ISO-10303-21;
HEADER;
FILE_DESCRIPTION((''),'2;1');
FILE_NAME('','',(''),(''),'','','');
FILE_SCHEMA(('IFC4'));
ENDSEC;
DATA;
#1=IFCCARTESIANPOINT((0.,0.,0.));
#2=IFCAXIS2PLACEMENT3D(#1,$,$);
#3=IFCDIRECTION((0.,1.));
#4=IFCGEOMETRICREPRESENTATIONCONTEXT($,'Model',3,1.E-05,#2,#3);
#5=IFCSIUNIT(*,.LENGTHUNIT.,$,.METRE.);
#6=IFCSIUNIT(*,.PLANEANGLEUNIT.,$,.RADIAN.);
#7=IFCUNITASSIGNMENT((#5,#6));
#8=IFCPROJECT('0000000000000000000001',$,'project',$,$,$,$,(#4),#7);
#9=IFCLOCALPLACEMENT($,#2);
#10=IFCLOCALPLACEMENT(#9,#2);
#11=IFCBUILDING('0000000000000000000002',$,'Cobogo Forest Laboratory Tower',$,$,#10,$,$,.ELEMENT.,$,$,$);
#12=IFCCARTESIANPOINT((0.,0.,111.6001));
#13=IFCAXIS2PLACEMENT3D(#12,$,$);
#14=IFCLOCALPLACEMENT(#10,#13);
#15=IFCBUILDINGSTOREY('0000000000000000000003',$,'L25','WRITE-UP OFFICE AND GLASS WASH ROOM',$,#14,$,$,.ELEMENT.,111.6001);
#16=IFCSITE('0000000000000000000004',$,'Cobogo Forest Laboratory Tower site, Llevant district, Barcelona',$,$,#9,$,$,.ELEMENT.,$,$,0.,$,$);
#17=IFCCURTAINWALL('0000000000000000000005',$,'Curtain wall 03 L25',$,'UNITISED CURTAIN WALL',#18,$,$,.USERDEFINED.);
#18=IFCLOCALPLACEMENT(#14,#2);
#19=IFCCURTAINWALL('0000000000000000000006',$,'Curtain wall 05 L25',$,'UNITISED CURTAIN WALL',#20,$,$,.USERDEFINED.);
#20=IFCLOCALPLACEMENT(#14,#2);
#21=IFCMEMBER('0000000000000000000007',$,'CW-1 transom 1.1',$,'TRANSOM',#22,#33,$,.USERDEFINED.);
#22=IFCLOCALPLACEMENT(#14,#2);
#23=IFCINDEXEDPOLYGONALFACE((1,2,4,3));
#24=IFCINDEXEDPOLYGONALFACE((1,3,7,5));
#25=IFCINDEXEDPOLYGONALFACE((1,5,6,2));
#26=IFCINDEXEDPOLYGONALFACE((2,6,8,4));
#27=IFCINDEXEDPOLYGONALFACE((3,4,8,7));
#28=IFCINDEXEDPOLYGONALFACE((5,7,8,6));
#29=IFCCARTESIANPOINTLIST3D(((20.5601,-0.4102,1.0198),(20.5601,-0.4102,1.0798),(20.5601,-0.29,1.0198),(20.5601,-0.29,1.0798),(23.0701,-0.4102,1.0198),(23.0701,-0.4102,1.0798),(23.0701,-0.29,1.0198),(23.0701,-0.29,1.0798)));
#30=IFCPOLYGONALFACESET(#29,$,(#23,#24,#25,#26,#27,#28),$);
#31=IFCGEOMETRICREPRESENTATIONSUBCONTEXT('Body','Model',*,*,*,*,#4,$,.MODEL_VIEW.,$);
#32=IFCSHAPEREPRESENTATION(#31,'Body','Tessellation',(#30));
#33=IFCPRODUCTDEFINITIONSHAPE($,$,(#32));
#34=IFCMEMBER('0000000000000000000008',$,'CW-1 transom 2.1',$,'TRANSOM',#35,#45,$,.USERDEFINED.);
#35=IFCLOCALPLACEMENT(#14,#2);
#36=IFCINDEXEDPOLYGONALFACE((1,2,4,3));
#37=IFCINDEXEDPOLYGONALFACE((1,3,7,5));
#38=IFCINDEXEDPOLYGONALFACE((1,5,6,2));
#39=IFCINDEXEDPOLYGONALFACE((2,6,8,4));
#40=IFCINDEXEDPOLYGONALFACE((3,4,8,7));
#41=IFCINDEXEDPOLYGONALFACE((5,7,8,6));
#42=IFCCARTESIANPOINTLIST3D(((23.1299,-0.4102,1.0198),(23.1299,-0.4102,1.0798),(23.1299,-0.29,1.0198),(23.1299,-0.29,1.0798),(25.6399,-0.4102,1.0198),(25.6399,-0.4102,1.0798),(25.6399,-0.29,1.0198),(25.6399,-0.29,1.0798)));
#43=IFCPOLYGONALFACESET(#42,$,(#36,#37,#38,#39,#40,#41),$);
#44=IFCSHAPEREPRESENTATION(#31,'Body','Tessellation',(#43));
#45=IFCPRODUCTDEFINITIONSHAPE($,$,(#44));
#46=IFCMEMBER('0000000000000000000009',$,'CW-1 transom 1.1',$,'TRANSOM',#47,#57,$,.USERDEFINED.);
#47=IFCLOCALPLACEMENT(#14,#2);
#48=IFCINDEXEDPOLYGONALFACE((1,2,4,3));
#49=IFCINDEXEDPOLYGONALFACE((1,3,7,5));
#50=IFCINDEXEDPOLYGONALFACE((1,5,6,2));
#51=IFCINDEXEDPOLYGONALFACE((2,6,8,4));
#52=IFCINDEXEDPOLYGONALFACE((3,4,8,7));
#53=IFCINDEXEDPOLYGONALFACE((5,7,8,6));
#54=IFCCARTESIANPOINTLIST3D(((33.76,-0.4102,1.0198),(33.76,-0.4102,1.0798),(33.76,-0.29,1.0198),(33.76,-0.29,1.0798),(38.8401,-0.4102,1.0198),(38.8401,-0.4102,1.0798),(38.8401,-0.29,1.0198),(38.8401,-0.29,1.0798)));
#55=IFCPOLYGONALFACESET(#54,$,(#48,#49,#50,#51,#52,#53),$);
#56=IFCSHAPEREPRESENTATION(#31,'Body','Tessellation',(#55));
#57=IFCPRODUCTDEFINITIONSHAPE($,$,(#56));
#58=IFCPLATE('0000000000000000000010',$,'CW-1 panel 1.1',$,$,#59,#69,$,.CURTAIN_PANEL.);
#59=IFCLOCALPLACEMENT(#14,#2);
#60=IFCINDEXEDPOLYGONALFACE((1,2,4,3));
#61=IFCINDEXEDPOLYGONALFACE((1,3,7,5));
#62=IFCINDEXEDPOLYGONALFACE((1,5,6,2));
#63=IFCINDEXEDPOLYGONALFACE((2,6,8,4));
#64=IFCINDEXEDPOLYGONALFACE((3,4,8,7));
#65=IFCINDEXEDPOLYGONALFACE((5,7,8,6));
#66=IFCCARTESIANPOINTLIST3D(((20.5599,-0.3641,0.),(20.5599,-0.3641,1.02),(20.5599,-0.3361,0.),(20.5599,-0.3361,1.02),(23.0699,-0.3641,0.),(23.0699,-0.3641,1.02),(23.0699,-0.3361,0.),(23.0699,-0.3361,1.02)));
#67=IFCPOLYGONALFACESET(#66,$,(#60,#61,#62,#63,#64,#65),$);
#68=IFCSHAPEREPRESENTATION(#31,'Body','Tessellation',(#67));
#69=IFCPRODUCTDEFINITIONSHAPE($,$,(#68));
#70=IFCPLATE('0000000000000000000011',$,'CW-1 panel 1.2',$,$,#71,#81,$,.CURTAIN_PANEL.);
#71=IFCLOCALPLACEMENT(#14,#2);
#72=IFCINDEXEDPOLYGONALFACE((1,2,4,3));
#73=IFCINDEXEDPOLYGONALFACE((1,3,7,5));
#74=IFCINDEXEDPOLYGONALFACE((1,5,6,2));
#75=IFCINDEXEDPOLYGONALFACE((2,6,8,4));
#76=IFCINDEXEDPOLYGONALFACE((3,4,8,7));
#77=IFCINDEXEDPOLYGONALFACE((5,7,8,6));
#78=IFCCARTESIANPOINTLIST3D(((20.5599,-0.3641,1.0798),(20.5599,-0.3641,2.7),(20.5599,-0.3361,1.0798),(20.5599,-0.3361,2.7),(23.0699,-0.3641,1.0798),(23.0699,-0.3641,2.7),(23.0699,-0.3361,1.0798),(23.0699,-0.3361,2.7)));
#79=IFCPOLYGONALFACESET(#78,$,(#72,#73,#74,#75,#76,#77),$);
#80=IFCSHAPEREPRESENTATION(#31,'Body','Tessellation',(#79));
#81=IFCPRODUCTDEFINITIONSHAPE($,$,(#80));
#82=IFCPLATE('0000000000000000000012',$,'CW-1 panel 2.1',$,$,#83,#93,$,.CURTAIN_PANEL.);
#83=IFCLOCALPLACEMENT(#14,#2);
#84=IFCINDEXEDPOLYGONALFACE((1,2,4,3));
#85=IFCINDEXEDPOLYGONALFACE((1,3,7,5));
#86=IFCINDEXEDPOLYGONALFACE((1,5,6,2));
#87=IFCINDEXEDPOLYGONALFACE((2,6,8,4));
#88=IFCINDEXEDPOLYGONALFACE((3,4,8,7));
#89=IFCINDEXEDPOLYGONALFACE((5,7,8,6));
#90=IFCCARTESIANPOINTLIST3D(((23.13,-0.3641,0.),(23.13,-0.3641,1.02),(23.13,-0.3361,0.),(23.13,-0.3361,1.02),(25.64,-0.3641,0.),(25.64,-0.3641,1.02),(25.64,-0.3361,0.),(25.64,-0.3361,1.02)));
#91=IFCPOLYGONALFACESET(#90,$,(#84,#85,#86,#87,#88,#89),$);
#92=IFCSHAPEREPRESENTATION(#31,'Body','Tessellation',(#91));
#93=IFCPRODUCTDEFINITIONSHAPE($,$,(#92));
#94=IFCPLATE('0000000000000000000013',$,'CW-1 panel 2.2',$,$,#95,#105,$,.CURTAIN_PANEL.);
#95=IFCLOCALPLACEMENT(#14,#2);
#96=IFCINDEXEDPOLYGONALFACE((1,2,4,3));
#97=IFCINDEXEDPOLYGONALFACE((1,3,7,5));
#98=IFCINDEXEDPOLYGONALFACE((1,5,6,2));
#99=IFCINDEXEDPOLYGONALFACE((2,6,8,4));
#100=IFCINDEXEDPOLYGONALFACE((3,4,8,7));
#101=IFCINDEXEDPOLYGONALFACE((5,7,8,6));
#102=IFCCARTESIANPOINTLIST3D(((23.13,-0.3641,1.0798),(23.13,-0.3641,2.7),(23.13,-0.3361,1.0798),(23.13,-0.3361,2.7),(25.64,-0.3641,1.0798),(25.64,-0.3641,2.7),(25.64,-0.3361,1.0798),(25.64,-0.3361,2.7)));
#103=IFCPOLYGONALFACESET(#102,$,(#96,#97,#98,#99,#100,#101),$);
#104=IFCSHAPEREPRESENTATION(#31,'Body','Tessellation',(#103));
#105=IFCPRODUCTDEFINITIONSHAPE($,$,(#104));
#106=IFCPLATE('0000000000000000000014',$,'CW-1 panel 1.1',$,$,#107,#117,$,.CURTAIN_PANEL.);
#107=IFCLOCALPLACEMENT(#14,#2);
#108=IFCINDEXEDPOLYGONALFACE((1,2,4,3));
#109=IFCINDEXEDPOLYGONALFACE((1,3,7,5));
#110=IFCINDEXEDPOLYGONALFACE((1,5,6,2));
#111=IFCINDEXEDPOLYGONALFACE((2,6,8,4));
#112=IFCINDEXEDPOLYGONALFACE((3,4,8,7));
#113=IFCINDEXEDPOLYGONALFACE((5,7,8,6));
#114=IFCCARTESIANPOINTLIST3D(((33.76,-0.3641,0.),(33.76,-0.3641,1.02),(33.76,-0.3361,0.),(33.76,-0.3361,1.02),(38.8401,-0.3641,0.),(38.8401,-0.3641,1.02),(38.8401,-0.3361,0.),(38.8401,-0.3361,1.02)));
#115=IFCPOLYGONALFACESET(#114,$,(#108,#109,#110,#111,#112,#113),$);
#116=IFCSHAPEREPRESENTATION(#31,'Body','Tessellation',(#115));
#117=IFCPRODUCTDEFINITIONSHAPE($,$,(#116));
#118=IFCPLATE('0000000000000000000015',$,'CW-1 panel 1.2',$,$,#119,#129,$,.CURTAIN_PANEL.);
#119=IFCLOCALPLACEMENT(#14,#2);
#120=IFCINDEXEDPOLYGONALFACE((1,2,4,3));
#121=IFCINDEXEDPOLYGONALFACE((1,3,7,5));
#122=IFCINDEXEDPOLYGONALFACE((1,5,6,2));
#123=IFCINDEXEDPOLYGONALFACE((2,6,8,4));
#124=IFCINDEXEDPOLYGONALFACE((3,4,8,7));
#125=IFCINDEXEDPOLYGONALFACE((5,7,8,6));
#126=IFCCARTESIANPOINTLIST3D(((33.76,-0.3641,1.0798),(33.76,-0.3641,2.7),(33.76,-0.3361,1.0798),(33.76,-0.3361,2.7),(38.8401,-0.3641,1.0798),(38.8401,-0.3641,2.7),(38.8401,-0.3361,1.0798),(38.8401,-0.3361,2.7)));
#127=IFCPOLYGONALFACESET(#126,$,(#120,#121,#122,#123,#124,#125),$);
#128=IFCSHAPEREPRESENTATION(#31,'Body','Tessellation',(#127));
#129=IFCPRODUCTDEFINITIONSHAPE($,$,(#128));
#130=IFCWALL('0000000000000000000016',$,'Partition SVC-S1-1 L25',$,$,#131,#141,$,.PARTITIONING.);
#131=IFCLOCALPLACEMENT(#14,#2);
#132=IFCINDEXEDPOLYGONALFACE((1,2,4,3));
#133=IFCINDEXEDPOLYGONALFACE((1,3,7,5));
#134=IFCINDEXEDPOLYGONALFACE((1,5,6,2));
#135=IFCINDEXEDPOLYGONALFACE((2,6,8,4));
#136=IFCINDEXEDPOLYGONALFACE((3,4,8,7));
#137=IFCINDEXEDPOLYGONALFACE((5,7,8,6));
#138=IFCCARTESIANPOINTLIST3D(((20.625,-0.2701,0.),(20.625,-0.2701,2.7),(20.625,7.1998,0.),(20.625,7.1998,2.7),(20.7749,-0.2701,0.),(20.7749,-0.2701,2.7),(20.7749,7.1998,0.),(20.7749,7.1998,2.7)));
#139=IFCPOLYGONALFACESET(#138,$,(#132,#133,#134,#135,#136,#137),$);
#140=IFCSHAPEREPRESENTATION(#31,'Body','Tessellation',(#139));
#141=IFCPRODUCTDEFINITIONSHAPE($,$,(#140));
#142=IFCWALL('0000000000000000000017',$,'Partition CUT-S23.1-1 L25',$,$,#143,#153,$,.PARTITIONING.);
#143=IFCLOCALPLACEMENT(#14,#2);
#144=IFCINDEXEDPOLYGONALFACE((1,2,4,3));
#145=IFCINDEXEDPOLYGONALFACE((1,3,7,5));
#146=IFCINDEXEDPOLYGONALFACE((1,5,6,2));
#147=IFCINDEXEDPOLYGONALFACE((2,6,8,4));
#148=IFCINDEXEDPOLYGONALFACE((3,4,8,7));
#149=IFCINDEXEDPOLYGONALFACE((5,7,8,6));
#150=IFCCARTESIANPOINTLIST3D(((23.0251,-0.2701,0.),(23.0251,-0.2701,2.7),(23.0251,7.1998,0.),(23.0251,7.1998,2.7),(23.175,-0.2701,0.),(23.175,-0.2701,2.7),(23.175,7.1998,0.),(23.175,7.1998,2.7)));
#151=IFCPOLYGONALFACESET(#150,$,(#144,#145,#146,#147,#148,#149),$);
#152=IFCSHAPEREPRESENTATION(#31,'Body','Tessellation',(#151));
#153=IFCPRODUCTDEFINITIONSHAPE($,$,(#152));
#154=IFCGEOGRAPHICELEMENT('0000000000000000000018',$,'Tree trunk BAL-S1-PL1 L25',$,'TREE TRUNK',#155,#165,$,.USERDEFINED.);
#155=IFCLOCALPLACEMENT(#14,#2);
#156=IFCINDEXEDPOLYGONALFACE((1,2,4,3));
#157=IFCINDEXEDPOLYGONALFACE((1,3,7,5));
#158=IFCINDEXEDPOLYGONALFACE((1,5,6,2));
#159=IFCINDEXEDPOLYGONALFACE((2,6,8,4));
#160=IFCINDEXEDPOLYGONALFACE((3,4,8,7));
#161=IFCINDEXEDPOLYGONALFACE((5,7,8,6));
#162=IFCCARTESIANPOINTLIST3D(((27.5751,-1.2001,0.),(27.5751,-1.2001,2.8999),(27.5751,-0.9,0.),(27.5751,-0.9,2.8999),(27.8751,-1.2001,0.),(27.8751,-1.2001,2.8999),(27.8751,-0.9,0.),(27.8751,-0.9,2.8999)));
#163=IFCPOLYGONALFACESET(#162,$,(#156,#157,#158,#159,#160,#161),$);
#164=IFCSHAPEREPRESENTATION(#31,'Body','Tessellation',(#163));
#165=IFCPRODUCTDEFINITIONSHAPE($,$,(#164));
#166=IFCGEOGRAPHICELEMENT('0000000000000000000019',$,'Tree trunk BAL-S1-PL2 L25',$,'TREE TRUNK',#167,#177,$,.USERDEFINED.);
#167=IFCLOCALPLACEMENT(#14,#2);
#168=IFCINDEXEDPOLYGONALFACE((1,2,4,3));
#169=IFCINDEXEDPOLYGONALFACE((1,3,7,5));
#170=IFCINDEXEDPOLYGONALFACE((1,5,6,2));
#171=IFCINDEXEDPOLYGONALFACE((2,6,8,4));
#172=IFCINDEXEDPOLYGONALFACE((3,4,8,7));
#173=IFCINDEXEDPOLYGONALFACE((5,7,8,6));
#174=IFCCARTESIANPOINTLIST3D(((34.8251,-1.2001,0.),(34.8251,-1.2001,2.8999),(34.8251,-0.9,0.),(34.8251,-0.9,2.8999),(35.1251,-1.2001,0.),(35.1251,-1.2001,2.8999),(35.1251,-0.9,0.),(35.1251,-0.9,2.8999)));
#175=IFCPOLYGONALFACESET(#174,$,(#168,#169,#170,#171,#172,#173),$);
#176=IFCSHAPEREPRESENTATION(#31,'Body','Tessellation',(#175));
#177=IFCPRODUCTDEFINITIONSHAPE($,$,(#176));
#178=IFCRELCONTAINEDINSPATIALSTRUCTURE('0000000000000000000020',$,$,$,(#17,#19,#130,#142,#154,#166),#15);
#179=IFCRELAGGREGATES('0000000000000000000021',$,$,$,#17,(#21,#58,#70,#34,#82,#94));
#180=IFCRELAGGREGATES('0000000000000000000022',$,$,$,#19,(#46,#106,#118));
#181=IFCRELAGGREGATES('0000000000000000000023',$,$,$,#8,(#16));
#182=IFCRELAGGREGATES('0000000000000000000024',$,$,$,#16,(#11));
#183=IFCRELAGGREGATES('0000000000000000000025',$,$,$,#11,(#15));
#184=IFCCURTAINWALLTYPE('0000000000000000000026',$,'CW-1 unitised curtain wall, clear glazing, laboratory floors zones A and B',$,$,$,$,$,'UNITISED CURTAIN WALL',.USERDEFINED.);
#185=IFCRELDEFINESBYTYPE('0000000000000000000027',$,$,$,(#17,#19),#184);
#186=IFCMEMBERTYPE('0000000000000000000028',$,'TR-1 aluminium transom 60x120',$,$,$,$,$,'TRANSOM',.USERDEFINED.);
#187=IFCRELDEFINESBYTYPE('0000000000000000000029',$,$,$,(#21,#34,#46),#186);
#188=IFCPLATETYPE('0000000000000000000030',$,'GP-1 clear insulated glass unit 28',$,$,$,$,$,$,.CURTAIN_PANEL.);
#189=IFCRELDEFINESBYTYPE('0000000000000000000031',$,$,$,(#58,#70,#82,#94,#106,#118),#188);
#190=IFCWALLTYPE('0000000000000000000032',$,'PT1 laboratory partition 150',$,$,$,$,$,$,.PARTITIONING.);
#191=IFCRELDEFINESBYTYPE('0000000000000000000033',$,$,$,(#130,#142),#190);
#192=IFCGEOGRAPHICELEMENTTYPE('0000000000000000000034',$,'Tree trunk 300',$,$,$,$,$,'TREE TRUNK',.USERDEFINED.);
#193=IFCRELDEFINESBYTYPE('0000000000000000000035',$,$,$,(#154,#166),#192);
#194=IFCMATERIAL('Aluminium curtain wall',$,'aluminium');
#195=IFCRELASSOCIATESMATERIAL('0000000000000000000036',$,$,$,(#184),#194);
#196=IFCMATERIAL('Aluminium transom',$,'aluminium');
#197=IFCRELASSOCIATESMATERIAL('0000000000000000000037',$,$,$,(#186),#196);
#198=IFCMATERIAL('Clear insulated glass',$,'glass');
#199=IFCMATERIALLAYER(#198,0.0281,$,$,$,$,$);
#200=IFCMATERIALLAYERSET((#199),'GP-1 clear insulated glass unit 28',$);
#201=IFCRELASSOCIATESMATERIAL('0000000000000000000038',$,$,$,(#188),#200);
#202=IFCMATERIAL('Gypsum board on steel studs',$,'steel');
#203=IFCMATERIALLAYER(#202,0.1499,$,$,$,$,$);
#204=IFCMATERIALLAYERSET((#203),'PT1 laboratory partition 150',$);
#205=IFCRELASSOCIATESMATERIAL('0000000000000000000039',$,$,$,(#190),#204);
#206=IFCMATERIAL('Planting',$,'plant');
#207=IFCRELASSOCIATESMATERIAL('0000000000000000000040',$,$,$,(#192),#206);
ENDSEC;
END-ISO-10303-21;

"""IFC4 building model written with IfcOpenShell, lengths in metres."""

from ifc_helpers import new_model, si_unit, direction, frame, frame_2d, origin, origin_2d, place, context, subcontext, project, spatial, rectangle, extrude, material, layer, layer_set, material_profile, profile_set, type_object, element, aggregate, save


model = new_model("IFC4")

# Units and contexts
model_context = context("Model", 3, precision=1e-05, world=origin(), true_north=direction((0.0, 1.0)))
body_context = subcontext(model_context, "Body", "Model", "MODEL_VIEW")
ifc_project = project(units=[si_unit("LENGTHUNIT", "METRE"), si_unit("PLANEANGLEUNIT", "RADIAN")], contexts=[model_context])

# Site, building, storey
site_placement = place(None, origin())
site = spatial("IfcSite", under=ifc_project, at=site_placement, Name="Cobogo Forest Laboratory Tower site, Llevant district, Barcelona", CompositionType="ELEMENT", RefElevation=0.0)
building_placement = place(site_placement, origin())
building = spatial("IfcBuilding", under=site, at=building_placement, Name="Cobogo Forest Laboratory Tower", CompositionType="ELEMENT")
storey_placement = place(building_placement, frame((0.0, 0.0, 111.6001)))
storey = spatial("IfcBuildingStorey", under=building, at=storey_placement, Name="L25", Description="WRITE-UP OFFICE AND GLASS WASH ROOM", CompositionType="ELEMENT", Elevation=111.6001)

# Curtain walls
ifc_material_1 = material(Name="Aluminium curtain wall", Category="aluminium")
curtain_wall_type = type_object("IfcCurtainWallType", Name="CW-1 unitised curtain wall, clear glazing, laboratory floors zones A and B", ElementType="UNITISED CURTAIN WALL", PredefinedType="USERDEFINED", material=ifc_material_1)
curtain_wall_1_placement = place(storey_placement, origin())
curtain_wall_1 = element("IfcCurtainWall", 1, at=curtain_wall_1_placement, inside=storey, type_object=curtain_wall_type, Name="Curtain wall 03 L25", ObjectType="UNITISED CURTAIN WALL", PredefinedType="USERDEFINED")
curtain_wall_2_placement = place(storey_placement, origin())
curtain_wall_2 = element("IfcCurtainWall", 2, at=curtain_wall_2_placement, inside=storey, type_object=curtain_wall_type, Name="Curtain wall 05 L25", ObjectType="UNITISED CURTAIN WALL", PredefinedType="USERDEFINED")

# Members
ifc_material_2 = material(Name="Aluminium transom", Category="aluminium")
ifc_material_profile_1 = material_profile(ifc_material_2, rectangle(XDim=0.1201, YDim=0.0601, at=origin_2d()), Name="AL 60x120")
ifc_profile_set_1 = profile_set([ifc_material_profile_1], Name="Aluminium transom")
member_type_1 = type_object("IfcMemberType", Name="TR-1 aluminium transom 60x120", ElementType="TRANSOM", PredefinedType="USERDEFINED", material=ifc_profile_set_1)
member_1_placement = place(storey_placement, frame((20.5601, -0.3501, 1.0498), z_axis=(1.0, 0.0, 0.0), x_axis=(0.0, 1.0, 0.0)))
member_1 = element("IfcMember", 3, at=member_1_placement, type_object=member_type_1, Name="CW-1 transom 1.1", ObjectType="TRANSOM", PredefinedType="USERDEFINED", context=body_context, shape_type="SweptSolid", body=[
    extrude(rectangle(XDim=0.1201, YDim=0.0601, at=origin_2d()), origin(), (0.0, 0.0, 1.0), 2.51),
])
member_2_placement = place(storey_placement, frame((23.1299, -0.3501, 1.0498), z_axis=(1.0, 0.0, 0.0), x_axis=(0.0, 1.0, 0.0)))
member_2 = element("IfcMember", 4, at=member_2_placement, type_object=member_type_1, Name="CW-1 transom 2.1", ObjectType="TRANSOM", PredefinedType="USERDEFINED", context=body_context, shape_type="SweptSolid", body=[
    extrude(rectangle(XDim=0.1201, YDim=0.0601, at=origin_2d()), origin(), (0.0, 0.0, 1.0), 2.51),
])
member_3_placement = place(storey_placement, frame((33.76, -0.3501, 1.0498), z_axis=(1.0, 0.0, 0.0), x_axis=(0.0, 1.0, 0.0)))
member_3 = element("IfcMember", 5, at=member_3_placement, type_object=member_type_1, Name="CW-1 transom 1.1", ObjectType="TRANSOM", PredefinedType="USERDEFINED", context=body_context, shape_type="SweptSolid", body=[
    extrude(rectangle(XDim=0.1201, YDim=0.0601, at=origin_2d()), origin(), (0.0, 0.0, 1.0), 5.0801),
])

# Plates
ifc_material_3 = material(Name="Clear insulated glass", Category="glass")
ifc_layer_1 = layer(ifc_material_3, 0.0281)
ifc_layer_set_1 = layer_set([ifc_layer_1], Name="GP-1 clear insulated glass unit 28")
plate_type_1 = type_object("IfcPlateType", Name="GP-1 clear insulated glass unit 28", PredefinedType="CURTAIN_PANEL", material=ifc_layer_set_1)
plate_1_placement = place(storey_placement, frame((21.8149, -0.3501, 0.0), z_axis=(0.0, 0.0, 1.0), x_axis=(1.0, 0.0, 0.0)))
plate_1 = element("IfcPlate", 6, at=plate_1_placement, type_object=plate_type_1, Name="CW-1 panel 1.1", PredefinedType="CURTAIN_PANEL", context=body_context, shape_type="SweptSolid", body=[
    extrude(rectangle(XDim=2.51, YDim=0.0281, at=origin_2d()), origin(), (0.0, 0.0, 1.0), 1.02),
])
plate_2_placement = place(storey_placement, frame((21.8149, -0.3501, 1.0798), z_axis=(0.0, 0.0, 1.0), x_axis=(1.0, 0.0, 0.0)))
plate_2 = element("IfcPlate", 7, at=plate_2_placement, type_object=plate_type_1, Name="CW-1 panel 1.2", PredefinedType="CURTAIN_PANEL", context=body_context, shape_type="SweptSolid", body=[
    extrude(rectangle(XDim=2.51, YDim=0.0281, at=origin_2d()), origin(), (0.0, 0.0, 1.0), 1.6201),
])
plate_3_placement = place(storey_placement, frame((24.385, -0.3501, 0.0), z_axis=(0.0, 0.0, 1.0), x_axis=(1.0, 0.0, 0.0)))
plate_3 = element("IfcPlate", 8, at=plate_3_placement, type_object=plate_type_1, Name="CW-1 panel 2.1", PredefinedType="CURTAIN_PANEL", context=body_context, shape_type="SweptSolid", body=[
    extrude(rectangle(XDim=2.51, YDim=0.0281, at=origin_2d()), origin(), (0.0, 0.0, 1.0), 1.02),
])
plate_4_placement = place(storey_placement, frame((24.385, -0.3501, 1.0798), z_axis=(0.0, 0.0, 1.0), x_axis=(1.0, 0.0, 0.0)))
plate_4 = element("IfcPlate", 9, at=plate_4_placement, type_object=plate_type_1, Name="CW-1 panel 2.2", PredefinedType="CURTAIN_PANEL", context=body_context, shape_type="SweptSolid", body=[
    extrude(rectangle(XDim=2.51, YDim=0.0281, at=origin_2d()), origin(), (0.0, 0.0, 1.0), 1.6201),
])
aggregate(curtain_wall_1, [member_1, plate_1, plate_2, member_2, plate_3, plate_4])
plate_5_placement = place(storey_placement, frame((36.3, -0.3501, 0.0), z_axis=(0.0, 0.0, 1.0), x_axis=(1.0, 0.0, 0.0)))
plate_5 = element("IfcPlate", 10, at=plate_5_placement, type_object=plate_type_1, Name="CW-1 panel 1.1", PredefinedType="CURTAIN_PANEL", context=body_context, shape_type="SweptSolid", body=[
    extrude(rectangle(XDim=5.0801, YDim=0.0281, at=origin_2d()), origin(), (0.0, 0.0, 1.0), 1.02),
])
plate_6_placement = place(storey_placement, frame((36.3, -0.3501, 1.0798), z_axis=(0.0, 0.0, 1.0), x_axis=(1.0, 0.0, 0.0)))
plate_6 = element("IfcPlate", 11, at=plate_6_placement, type_object=plate_type_1, Name="CW-1 panel 1.2", PredefinedType="CURTAIN_PANEL", context=body_context, shape_type="SweptSolid", body=[
    extrude(rectangle(XDim=5.0801, YDim=0.0281, at=origin_2d()), origin(), (0.0, 0.0, 1.0), 1.6201),
])
aggregate(curtain_wall_2, [member_3, plate_5, plate_6])

# Walls
ifc_material_4 = material(Name="Gypsum board on steel studs", Category="steel")
ifc_layer_2 = layer(ifc_material_4, 0.1499)
ifc_layer_set_2 = layer_set([ifc_layer_2], Name="PT1 laboratory partition 150")
wall_type_1 = type_object("IfcWallType", Name="PT1 laboratory partition 150", PredefinedType="PARTITIONING", material=ifc_layer_set_2)
for number, where, z_axis, x_axis, name in (
    (12, (20.7, -0.27, 0.0), (0.0, 0.0, 1.0), (0.0, 1.0, 0.0), "Partition SVC-S1-1 L25"),
    (13, (23.1001, -0.27, 0.0), (0.0, 0.0, 1.0), (0.0, 1.0, 0.0), "Partition CUT-S23.1-1 L25"),
):
    element("IfcWall", number, at=place(storey_placement, frame(where, z_axis=z_axis, x_axis=x_axis)), inside=storey, type_object=wall_type_1, Name=name, PredefinedType="PARTITIONING", context=body_context, shape_type="SweptSolid", body=[
        extrude(rectangle(XDim=7.47, YDim=0.1499, at=frame_2d((3.7349, 0.0))), origin(), (0.0, 0.0, 1.0), 2.7),
    ])

# Geographic elements
ifc_material_5 = material(Name="Planting", Category="plant")
geographic_element_type = type_object("IfcGeographicElementType", Name="Tree trunk 300", ElementType="TREE TRUNK", PredefinedType="USERDEFINED", material=ifc_material_5)
for number, where, z_axis, x_axis, name in (
    (14, (27.7251, -1.05, 0.0), (0.0, 0.0, 1.0), (1.0, 0.0, 0.0), "Tree trunk BAL-S1-PL1 L25"),
    (15, (34.9751, -1.05, 0.0), (0.0, 0.0, 1.0), (1.0, 0.0, 0.0), "Tree trunk BAL-S1-PL2 L25"),
):
    element("IfcGeographicElement", number, at=place(storey_placement, frame(where, z_axis=z_axis, x_axis=x_axis)), inside=storey, type_object=geographic_element_type, Name=name, ObjectType="TREE TRUNK", PredefinedType="USERDEFINED", context=body_context, shape_type="SweptSolid", body=[
        extrude(rectangle(XDim=0.3, YDim=0.3, at=origin_2d()), origin(), (0.0, 0.0, 1.0), 2.8999),
    ])

save(model, "model.ifc")
